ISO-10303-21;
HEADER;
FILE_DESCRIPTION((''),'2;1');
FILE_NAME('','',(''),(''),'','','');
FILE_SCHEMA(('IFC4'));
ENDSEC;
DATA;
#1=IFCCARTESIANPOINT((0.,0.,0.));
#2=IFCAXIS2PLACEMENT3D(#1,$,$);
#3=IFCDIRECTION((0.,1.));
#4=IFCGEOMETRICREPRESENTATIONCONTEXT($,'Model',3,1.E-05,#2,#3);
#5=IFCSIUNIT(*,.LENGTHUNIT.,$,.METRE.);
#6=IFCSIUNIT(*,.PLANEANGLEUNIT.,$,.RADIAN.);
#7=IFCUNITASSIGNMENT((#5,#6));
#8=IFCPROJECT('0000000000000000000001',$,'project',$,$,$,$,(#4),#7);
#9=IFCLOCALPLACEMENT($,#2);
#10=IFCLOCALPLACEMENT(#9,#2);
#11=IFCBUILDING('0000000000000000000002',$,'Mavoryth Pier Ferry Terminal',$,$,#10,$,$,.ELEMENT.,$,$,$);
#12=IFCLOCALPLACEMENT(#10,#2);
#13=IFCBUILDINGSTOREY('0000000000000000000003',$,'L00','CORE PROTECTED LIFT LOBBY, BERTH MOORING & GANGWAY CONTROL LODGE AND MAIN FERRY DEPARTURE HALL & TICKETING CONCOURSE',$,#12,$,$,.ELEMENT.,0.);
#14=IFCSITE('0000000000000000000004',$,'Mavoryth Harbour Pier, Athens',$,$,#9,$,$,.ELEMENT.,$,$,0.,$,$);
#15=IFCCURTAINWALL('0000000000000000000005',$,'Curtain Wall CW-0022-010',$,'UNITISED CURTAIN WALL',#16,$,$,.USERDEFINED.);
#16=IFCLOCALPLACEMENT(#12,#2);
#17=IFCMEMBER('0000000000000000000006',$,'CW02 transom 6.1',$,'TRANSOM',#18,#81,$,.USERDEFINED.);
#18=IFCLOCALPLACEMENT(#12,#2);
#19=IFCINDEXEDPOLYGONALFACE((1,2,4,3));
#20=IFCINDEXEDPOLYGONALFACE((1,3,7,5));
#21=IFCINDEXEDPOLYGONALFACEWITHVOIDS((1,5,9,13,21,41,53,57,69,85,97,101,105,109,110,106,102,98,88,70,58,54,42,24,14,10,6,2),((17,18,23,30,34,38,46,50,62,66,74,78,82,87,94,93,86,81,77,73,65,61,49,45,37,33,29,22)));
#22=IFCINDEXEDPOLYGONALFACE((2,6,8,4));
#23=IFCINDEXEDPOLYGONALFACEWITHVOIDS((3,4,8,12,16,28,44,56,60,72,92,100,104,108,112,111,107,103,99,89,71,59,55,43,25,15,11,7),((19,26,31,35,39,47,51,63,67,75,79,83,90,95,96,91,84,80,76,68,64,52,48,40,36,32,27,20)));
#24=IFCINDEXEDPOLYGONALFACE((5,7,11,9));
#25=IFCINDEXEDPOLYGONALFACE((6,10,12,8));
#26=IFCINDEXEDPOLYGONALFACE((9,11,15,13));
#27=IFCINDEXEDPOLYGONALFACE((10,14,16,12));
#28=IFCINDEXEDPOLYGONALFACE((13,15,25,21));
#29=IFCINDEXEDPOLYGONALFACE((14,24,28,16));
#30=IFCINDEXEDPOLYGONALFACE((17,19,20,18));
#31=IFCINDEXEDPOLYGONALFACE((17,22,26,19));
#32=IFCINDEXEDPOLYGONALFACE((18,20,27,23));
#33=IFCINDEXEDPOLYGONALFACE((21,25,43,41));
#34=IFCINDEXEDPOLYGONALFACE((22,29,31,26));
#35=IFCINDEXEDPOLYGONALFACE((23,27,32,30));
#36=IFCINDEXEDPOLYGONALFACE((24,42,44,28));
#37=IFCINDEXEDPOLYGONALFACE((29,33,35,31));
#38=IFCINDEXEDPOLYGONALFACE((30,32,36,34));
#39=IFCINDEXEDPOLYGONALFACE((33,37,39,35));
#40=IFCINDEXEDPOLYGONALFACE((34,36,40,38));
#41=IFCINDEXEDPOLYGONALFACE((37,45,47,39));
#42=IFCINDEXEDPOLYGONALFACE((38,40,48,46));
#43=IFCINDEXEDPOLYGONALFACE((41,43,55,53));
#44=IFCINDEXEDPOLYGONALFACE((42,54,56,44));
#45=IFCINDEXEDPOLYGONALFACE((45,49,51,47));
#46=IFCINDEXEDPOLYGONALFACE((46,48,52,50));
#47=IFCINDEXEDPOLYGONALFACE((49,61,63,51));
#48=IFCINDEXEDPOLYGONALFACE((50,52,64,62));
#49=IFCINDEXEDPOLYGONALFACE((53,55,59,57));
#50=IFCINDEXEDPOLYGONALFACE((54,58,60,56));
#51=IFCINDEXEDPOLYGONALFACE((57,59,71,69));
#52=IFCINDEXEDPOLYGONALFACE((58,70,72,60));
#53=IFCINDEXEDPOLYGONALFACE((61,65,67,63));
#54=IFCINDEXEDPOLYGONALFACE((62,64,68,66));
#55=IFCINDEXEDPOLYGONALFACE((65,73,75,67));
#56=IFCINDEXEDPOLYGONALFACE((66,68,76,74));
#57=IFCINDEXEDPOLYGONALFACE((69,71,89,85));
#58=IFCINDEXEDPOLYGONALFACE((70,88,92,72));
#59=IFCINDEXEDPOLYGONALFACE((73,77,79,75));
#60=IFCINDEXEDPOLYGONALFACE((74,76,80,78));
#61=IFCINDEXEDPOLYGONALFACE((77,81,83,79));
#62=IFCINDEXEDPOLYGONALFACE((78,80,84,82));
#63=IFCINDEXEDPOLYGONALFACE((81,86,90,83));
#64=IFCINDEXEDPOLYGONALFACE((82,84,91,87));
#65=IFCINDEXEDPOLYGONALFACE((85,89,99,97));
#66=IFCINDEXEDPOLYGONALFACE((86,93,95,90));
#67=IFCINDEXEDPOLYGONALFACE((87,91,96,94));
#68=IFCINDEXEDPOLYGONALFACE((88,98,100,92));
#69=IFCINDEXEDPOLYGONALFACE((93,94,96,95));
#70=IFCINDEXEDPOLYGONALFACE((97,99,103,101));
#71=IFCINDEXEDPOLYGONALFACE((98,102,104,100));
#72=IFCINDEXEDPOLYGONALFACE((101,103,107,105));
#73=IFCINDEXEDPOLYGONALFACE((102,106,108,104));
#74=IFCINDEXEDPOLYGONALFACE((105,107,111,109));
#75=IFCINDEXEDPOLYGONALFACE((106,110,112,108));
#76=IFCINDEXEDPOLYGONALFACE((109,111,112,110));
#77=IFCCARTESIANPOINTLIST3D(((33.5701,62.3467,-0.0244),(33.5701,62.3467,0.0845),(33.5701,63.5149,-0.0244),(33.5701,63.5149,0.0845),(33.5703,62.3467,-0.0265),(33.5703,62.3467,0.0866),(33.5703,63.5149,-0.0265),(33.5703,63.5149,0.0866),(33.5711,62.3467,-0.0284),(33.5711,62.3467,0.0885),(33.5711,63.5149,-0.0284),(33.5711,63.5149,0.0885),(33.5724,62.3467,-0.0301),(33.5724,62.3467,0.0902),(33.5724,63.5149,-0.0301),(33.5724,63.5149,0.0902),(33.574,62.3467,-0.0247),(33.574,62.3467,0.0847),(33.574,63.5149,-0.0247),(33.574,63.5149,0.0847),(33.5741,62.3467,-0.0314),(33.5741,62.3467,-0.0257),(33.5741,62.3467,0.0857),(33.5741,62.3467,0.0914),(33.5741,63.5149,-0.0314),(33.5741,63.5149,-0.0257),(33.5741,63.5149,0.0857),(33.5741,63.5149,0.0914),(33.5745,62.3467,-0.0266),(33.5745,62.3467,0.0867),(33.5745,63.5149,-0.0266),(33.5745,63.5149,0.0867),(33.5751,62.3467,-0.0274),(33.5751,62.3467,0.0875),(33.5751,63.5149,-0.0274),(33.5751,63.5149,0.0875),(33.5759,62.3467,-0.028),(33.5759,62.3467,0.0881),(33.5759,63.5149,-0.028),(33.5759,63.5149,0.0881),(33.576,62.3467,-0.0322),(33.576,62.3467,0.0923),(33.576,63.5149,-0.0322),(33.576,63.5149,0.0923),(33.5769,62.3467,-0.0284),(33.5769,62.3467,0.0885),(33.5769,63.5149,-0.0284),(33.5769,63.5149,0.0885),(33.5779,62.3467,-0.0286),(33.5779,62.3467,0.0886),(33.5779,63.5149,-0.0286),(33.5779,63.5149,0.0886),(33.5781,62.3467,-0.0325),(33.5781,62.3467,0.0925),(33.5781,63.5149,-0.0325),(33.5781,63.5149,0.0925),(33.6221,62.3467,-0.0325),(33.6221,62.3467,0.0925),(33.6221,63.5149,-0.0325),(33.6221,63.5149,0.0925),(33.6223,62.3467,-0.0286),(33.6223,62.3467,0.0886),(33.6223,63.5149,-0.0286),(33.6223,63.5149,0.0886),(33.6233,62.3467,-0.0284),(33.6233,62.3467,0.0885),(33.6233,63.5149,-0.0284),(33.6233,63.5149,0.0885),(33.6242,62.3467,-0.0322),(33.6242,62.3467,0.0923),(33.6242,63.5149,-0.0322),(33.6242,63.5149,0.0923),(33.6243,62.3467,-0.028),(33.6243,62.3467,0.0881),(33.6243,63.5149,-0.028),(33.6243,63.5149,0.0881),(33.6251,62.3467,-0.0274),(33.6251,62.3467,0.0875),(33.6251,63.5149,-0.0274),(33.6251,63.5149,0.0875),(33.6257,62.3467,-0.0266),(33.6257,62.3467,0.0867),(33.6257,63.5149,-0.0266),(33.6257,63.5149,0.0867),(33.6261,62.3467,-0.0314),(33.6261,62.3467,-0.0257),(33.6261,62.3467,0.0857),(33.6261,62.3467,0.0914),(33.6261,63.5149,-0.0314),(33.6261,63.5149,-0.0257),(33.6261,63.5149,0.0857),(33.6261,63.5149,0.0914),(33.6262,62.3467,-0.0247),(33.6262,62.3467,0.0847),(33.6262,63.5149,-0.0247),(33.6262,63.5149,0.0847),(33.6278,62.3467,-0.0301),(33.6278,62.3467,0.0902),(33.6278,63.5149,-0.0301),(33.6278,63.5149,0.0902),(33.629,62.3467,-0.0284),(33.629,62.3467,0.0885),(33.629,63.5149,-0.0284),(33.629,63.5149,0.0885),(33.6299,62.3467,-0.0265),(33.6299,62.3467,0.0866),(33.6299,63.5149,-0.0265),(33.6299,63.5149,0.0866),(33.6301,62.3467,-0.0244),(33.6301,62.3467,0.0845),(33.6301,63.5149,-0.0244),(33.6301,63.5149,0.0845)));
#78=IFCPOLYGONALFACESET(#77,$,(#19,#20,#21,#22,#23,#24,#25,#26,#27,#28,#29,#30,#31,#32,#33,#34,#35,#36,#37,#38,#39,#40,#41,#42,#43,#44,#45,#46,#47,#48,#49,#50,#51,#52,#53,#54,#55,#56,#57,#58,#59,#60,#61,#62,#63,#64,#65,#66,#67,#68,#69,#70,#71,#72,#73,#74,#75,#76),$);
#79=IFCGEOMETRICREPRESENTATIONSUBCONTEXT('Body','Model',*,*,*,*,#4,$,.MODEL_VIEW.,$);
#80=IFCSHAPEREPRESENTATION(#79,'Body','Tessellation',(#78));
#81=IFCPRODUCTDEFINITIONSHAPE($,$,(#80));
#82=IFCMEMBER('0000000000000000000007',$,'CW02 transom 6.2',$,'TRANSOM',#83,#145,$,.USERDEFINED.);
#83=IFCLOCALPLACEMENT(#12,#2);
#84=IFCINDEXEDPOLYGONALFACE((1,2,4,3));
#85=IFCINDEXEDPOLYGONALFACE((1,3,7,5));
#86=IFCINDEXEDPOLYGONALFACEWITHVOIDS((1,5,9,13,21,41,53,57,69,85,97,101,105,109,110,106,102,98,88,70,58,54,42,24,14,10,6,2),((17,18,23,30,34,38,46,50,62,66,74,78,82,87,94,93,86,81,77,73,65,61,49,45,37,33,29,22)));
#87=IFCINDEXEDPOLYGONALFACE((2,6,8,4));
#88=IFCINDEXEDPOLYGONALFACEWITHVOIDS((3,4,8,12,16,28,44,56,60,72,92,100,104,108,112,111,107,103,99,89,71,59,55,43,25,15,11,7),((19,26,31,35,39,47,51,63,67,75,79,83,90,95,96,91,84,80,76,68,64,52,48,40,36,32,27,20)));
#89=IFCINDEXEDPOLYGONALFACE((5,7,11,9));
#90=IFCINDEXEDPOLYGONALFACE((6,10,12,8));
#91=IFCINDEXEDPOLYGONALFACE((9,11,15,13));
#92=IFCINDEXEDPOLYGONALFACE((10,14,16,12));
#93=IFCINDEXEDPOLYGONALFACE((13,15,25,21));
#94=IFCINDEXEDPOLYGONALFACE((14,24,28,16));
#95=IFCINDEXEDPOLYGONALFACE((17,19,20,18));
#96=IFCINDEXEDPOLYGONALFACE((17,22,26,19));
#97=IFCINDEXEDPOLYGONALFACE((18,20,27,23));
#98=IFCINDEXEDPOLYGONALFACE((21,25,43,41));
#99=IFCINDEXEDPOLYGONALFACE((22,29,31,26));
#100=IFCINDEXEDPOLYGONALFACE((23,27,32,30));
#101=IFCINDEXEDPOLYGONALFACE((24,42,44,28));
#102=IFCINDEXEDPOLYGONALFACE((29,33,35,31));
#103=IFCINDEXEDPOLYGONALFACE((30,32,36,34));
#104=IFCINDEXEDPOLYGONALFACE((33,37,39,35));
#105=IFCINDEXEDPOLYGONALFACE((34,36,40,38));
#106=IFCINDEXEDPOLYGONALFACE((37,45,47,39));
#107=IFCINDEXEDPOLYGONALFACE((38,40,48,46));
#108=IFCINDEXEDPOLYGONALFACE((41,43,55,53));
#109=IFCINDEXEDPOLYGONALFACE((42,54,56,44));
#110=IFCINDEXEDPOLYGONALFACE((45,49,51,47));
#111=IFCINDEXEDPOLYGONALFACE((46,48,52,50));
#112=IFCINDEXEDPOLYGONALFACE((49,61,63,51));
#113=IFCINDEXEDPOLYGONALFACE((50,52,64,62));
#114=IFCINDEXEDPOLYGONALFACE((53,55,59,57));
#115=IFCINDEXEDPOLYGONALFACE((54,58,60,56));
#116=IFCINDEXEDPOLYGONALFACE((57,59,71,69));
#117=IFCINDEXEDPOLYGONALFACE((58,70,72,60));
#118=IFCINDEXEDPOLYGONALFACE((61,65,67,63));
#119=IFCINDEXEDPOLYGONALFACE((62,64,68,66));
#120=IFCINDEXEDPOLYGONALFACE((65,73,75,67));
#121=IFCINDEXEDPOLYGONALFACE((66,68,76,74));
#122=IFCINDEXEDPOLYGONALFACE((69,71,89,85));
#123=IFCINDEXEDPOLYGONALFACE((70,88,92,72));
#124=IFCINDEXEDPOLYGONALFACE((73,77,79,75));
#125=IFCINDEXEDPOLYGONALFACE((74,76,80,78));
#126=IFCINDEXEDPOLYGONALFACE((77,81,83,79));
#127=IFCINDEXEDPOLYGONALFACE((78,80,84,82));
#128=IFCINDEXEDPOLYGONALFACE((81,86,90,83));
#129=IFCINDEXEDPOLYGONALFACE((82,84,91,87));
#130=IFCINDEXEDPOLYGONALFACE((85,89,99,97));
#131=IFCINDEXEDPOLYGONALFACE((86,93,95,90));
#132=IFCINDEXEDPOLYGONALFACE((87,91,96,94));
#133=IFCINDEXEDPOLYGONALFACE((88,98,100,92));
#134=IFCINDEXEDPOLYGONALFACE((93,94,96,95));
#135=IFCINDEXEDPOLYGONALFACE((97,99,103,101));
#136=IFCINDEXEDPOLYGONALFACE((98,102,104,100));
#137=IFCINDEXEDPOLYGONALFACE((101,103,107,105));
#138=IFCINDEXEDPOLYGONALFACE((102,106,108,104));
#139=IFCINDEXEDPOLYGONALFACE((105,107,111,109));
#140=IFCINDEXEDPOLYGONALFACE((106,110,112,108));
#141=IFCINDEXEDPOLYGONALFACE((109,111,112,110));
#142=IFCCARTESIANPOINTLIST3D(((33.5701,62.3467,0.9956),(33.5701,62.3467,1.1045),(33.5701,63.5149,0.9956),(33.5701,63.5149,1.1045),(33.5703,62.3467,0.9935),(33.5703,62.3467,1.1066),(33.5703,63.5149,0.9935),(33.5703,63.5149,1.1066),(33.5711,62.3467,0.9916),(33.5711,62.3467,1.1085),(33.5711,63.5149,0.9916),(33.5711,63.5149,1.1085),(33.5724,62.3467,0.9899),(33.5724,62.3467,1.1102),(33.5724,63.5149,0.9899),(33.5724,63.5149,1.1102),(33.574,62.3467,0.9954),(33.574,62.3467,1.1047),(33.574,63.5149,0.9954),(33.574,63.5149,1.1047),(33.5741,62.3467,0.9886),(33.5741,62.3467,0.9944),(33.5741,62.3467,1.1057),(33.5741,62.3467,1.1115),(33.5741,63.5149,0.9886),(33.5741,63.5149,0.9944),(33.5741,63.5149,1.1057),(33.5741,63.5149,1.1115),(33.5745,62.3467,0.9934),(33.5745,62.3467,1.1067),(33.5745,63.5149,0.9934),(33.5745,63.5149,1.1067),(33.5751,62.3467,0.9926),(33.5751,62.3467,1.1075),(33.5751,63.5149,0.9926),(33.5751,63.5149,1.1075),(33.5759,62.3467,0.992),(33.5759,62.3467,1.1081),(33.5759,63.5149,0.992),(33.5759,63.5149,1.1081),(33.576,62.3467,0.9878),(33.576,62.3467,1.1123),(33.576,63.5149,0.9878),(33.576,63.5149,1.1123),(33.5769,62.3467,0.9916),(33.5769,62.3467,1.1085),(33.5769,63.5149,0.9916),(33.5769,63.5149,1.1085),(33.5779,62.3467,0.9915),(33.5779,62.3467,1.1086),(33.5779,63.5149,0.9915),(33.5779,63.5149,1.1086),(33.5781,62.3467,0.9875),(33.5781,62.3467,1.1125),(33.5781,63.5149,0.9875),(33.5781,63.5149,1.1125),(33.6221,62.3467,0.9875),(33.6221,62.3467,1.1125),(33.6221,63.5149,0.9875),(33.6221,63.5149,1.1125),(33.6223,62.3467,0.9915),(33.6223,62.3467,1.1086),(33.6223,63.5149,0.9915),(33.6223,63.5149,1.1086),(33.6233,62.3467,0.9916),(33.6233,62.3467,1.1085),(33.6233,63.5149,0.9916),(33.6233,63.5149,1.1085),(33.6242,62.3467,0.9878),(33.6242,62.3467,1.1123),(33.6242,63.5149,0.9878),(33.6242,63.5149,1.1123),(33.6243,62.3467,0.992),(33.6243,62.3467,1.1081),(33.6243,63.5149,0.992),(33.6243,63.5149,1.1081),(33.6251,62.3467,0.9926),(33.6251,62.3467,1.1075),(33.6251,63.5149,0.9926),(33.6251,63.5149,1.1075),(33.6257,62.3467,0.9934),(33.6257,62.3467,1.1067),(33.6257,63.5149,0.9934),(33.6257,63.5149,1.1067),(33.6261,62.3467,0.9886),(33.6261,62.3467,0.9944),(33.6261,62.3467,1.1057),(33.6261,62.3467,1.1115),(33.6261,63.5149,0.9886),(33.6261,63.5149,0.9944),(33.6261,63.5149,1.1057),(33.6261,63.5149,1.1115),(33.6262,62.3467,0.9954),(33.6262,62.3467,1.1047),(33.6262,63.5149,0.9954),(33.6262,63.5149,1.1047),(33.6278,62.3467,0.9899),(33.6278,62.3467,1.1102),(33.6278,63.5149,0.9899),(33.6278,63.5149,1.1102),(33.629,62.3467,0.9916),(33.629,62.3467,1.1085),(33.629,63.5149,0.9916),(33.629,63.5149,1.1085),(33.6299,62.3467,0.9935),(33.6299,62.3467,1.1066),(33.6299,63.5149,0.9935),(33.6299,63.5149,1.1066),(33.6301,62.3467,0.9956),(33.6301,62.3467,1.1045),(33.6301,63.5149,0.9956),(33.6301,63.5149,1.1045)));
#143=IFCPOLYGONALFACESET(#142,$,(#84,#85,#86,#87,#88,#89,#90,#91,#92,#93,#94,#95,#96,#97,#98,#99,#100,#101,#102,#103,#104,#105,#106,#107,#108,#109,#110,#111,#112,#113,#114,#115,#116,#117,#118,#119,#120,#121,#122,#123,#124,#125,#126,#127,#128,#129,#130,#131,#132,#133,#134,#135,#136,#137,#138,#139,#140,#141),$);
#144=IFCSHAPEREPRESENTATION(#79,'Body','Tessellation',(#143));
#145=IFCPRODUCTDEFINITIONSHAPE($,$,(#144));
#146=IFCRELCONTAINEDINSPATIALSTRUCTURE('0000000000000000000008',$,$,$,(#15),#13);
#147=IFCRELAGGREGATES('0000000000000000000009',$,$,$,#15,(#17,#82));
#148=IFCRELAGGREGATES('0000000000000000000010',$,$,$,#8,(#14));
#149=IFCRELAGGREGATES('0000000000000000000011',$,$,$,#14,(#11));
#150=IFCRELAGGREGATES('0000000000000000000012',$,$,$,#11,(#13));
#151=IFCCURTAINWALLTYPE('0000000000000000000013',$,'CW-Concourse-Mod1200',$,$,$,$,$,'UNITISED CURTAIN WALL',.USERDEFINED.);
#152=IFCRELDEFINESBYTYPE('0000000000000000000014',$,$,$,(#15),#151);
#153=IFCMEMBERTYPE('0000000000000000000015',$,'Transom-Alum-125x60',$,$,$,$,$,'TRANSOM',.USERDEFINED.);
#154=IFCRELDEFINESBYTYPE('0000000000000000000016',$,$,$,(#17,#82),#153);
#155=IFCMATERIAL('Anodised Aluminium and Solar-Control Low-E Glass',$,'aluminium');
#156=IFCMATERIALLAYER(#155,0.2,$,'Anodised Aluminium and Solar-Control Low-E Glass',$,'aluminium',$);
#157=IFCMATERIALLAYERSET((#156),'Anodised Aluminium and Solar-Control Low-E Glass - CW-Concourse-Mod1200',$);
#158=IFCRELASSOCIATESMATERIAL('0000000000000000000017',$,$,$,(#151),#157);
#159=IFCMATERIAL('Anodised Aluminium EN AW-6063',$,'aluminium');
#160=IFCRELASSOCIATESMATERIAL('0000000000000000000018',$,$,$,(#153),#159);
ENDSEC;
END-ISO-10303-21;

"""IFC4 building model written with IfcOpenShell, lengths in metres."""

from ifc_helpers import new_model, si_unit, direction, frame, origin, origin_2d, place, context, subcontext, project, spatial, hollow_rectangle, extrude, material, layer, layer_set, material_profile, profile_set, type_object, element, aggregate, save


model = new_model("IFC4")

# Units and contexts
model_context = context("Model", 3, precision=1e-05, world=origin(), true_north=direction((0.0, 1.0)))
body_context = subcontext(model_context, "Body", "Model", "MODEL_VIEW")
ifc_project = project(units=[si_unit("LENGTHUNIT", "METRE"), si_unit("PLANEANGLEUNIT", "RADIAN")], contexts=[model_context])

# Site, building, storey
site_placement = place(None, origin())
site = spatial("IfcSite", under=ifc_project, at=site_placement, Name="Mavoryth Harbour Pier, Athens", CompositionType="ELEMENT", RefElevation=0.0)
building_placement = place(site_placement, origin())
building = spatial("IfcBuilding", under=site, at=building_placement, Name="Mavoryth Pier Ferry Terminal", CompositionType="ELEMENT")
storey_placement = place(building_placement, origin())
storey = spatial("IfcBuildingStorey", under=building, at=storey_placement, Name="L00", Description="CORE PROTECTED LIFT LOBBY, BERTH MOORING & GANGWAY CONTROL LODGE AND MAIN FERRY DEPARTURE HALL & TICKETING CONCOURSE", CompositionType="ELEMENT", Elevation=0.0)

# Curtain wall, members
ifc_material_1 = material(Name="Anodised Aluminium and Solar-Control Low-E Glass", Category="aluminium")
ifc_layer_1 = layer(ifc_material_1, 0.2, Name="Anodised Aluminium and Solar-Control Low-E Glass", Category="aluminium")
ifc_layer_set_1 = layer_set([ifc_layer_1], Name="Anodised Aluminium and Solar-Control Low-E Glass - CW-Concourse-Mod1200")
curtain_wall_type = type_object("IfcCurtainWallType", Name="CW-Concourse-Mod1200", ElementType="UNITISED CURTAIN WALL", PredefinedType="USERDEFINED", material=ifc_layer_set_1)
curtain_wall_placement = place(storey_placement, origin())
curtain_wall = element("IfcCurtainWall", 1, at=curtain_wall_placement, inside=storey, type_object=curtain_wall_type, Name="Curtain Wall CW-0022-010", ObjectType="UNITISED CURTAIN WALL", PredefinedType="USERDEFINED")
ifc_material_2 = material(Name="Anodised Aluminium EN AW-6063", Category="aluminium")
ifc_material_profile_1 = material_profile(ifc_material_2, hollow_rectangle(XDim=0.0601, YDim=0.125, WallThickness=0.0039, InnerFilletRadius=0.0039, OuterFilletRadius=0.0081, at=origin_2d()), Name="AL-TRAN 125x60x4", Category="aluminium")
ifc_profile_set_1 = profile_set([ifc_material_profile_1], Name="Anodised Aluminium EN AW-6063 - AL-TRAN 125x60x4")
member_type_1 = type_object("IfcMemberType", Name="Transom-Alum-125x60", ElementType="TRANSOM", PredefinedType="USERDEFINED", material=ifc_profile_set_1)
member_1_placement = place(storey_placement, frame((33.6001, 62.3467, 0.03), z_axis=(0.0, 1.0, 0.0), x_axis=(-1.0, 0.0, 0.0)))
member_1 = element("IfcMember", 2, at=member_1_placement, type_object=member_type_1, Name="CW02 transom 6.1", ObjectType="TRANSOM", PredefinedType="USERDEFINED", context=body_context, shape_type="SweptSolid", body=[
    extrude(hollow_rectangle(XDim=0.0601, YDim=0.125, WallThickness=0.0039, InnerFilletRadius=0.0039, OuterFilletRadius=0.0081, at=origin_2d()), origin(), (0.0, 0.0, 1.0), 1.1682),
])
member_2_placement = place(storey_placement, frame((33.6001, 62.3467, 1.05), z_axis=(0.0, 1.0, 0.0), x_axis=(-1.0, 0.0, 0.0)))
member_2 = element("IfcMember", 3, at=member_2_placement, type_object=member_type_1, Name="CW02 transom 6.2", ObjectType="TRANSOM", PredefinedType="USERDEFINED", context=body_context, shape_type="SweptSolid", body=[
    extrude(hollow_rectangle(XDim=0.0601, YDim=0.125, WallThickness=0.0039, InnerFilletRadius=0.0039, OuterFilletRadius=0.0081, at=origin_2d()), origin(), (0.0, 0.0, 1.0), 1.1682),
])
aggregate(curtain_wall, [member_1, member_2])

save(model, "model.ifc")
